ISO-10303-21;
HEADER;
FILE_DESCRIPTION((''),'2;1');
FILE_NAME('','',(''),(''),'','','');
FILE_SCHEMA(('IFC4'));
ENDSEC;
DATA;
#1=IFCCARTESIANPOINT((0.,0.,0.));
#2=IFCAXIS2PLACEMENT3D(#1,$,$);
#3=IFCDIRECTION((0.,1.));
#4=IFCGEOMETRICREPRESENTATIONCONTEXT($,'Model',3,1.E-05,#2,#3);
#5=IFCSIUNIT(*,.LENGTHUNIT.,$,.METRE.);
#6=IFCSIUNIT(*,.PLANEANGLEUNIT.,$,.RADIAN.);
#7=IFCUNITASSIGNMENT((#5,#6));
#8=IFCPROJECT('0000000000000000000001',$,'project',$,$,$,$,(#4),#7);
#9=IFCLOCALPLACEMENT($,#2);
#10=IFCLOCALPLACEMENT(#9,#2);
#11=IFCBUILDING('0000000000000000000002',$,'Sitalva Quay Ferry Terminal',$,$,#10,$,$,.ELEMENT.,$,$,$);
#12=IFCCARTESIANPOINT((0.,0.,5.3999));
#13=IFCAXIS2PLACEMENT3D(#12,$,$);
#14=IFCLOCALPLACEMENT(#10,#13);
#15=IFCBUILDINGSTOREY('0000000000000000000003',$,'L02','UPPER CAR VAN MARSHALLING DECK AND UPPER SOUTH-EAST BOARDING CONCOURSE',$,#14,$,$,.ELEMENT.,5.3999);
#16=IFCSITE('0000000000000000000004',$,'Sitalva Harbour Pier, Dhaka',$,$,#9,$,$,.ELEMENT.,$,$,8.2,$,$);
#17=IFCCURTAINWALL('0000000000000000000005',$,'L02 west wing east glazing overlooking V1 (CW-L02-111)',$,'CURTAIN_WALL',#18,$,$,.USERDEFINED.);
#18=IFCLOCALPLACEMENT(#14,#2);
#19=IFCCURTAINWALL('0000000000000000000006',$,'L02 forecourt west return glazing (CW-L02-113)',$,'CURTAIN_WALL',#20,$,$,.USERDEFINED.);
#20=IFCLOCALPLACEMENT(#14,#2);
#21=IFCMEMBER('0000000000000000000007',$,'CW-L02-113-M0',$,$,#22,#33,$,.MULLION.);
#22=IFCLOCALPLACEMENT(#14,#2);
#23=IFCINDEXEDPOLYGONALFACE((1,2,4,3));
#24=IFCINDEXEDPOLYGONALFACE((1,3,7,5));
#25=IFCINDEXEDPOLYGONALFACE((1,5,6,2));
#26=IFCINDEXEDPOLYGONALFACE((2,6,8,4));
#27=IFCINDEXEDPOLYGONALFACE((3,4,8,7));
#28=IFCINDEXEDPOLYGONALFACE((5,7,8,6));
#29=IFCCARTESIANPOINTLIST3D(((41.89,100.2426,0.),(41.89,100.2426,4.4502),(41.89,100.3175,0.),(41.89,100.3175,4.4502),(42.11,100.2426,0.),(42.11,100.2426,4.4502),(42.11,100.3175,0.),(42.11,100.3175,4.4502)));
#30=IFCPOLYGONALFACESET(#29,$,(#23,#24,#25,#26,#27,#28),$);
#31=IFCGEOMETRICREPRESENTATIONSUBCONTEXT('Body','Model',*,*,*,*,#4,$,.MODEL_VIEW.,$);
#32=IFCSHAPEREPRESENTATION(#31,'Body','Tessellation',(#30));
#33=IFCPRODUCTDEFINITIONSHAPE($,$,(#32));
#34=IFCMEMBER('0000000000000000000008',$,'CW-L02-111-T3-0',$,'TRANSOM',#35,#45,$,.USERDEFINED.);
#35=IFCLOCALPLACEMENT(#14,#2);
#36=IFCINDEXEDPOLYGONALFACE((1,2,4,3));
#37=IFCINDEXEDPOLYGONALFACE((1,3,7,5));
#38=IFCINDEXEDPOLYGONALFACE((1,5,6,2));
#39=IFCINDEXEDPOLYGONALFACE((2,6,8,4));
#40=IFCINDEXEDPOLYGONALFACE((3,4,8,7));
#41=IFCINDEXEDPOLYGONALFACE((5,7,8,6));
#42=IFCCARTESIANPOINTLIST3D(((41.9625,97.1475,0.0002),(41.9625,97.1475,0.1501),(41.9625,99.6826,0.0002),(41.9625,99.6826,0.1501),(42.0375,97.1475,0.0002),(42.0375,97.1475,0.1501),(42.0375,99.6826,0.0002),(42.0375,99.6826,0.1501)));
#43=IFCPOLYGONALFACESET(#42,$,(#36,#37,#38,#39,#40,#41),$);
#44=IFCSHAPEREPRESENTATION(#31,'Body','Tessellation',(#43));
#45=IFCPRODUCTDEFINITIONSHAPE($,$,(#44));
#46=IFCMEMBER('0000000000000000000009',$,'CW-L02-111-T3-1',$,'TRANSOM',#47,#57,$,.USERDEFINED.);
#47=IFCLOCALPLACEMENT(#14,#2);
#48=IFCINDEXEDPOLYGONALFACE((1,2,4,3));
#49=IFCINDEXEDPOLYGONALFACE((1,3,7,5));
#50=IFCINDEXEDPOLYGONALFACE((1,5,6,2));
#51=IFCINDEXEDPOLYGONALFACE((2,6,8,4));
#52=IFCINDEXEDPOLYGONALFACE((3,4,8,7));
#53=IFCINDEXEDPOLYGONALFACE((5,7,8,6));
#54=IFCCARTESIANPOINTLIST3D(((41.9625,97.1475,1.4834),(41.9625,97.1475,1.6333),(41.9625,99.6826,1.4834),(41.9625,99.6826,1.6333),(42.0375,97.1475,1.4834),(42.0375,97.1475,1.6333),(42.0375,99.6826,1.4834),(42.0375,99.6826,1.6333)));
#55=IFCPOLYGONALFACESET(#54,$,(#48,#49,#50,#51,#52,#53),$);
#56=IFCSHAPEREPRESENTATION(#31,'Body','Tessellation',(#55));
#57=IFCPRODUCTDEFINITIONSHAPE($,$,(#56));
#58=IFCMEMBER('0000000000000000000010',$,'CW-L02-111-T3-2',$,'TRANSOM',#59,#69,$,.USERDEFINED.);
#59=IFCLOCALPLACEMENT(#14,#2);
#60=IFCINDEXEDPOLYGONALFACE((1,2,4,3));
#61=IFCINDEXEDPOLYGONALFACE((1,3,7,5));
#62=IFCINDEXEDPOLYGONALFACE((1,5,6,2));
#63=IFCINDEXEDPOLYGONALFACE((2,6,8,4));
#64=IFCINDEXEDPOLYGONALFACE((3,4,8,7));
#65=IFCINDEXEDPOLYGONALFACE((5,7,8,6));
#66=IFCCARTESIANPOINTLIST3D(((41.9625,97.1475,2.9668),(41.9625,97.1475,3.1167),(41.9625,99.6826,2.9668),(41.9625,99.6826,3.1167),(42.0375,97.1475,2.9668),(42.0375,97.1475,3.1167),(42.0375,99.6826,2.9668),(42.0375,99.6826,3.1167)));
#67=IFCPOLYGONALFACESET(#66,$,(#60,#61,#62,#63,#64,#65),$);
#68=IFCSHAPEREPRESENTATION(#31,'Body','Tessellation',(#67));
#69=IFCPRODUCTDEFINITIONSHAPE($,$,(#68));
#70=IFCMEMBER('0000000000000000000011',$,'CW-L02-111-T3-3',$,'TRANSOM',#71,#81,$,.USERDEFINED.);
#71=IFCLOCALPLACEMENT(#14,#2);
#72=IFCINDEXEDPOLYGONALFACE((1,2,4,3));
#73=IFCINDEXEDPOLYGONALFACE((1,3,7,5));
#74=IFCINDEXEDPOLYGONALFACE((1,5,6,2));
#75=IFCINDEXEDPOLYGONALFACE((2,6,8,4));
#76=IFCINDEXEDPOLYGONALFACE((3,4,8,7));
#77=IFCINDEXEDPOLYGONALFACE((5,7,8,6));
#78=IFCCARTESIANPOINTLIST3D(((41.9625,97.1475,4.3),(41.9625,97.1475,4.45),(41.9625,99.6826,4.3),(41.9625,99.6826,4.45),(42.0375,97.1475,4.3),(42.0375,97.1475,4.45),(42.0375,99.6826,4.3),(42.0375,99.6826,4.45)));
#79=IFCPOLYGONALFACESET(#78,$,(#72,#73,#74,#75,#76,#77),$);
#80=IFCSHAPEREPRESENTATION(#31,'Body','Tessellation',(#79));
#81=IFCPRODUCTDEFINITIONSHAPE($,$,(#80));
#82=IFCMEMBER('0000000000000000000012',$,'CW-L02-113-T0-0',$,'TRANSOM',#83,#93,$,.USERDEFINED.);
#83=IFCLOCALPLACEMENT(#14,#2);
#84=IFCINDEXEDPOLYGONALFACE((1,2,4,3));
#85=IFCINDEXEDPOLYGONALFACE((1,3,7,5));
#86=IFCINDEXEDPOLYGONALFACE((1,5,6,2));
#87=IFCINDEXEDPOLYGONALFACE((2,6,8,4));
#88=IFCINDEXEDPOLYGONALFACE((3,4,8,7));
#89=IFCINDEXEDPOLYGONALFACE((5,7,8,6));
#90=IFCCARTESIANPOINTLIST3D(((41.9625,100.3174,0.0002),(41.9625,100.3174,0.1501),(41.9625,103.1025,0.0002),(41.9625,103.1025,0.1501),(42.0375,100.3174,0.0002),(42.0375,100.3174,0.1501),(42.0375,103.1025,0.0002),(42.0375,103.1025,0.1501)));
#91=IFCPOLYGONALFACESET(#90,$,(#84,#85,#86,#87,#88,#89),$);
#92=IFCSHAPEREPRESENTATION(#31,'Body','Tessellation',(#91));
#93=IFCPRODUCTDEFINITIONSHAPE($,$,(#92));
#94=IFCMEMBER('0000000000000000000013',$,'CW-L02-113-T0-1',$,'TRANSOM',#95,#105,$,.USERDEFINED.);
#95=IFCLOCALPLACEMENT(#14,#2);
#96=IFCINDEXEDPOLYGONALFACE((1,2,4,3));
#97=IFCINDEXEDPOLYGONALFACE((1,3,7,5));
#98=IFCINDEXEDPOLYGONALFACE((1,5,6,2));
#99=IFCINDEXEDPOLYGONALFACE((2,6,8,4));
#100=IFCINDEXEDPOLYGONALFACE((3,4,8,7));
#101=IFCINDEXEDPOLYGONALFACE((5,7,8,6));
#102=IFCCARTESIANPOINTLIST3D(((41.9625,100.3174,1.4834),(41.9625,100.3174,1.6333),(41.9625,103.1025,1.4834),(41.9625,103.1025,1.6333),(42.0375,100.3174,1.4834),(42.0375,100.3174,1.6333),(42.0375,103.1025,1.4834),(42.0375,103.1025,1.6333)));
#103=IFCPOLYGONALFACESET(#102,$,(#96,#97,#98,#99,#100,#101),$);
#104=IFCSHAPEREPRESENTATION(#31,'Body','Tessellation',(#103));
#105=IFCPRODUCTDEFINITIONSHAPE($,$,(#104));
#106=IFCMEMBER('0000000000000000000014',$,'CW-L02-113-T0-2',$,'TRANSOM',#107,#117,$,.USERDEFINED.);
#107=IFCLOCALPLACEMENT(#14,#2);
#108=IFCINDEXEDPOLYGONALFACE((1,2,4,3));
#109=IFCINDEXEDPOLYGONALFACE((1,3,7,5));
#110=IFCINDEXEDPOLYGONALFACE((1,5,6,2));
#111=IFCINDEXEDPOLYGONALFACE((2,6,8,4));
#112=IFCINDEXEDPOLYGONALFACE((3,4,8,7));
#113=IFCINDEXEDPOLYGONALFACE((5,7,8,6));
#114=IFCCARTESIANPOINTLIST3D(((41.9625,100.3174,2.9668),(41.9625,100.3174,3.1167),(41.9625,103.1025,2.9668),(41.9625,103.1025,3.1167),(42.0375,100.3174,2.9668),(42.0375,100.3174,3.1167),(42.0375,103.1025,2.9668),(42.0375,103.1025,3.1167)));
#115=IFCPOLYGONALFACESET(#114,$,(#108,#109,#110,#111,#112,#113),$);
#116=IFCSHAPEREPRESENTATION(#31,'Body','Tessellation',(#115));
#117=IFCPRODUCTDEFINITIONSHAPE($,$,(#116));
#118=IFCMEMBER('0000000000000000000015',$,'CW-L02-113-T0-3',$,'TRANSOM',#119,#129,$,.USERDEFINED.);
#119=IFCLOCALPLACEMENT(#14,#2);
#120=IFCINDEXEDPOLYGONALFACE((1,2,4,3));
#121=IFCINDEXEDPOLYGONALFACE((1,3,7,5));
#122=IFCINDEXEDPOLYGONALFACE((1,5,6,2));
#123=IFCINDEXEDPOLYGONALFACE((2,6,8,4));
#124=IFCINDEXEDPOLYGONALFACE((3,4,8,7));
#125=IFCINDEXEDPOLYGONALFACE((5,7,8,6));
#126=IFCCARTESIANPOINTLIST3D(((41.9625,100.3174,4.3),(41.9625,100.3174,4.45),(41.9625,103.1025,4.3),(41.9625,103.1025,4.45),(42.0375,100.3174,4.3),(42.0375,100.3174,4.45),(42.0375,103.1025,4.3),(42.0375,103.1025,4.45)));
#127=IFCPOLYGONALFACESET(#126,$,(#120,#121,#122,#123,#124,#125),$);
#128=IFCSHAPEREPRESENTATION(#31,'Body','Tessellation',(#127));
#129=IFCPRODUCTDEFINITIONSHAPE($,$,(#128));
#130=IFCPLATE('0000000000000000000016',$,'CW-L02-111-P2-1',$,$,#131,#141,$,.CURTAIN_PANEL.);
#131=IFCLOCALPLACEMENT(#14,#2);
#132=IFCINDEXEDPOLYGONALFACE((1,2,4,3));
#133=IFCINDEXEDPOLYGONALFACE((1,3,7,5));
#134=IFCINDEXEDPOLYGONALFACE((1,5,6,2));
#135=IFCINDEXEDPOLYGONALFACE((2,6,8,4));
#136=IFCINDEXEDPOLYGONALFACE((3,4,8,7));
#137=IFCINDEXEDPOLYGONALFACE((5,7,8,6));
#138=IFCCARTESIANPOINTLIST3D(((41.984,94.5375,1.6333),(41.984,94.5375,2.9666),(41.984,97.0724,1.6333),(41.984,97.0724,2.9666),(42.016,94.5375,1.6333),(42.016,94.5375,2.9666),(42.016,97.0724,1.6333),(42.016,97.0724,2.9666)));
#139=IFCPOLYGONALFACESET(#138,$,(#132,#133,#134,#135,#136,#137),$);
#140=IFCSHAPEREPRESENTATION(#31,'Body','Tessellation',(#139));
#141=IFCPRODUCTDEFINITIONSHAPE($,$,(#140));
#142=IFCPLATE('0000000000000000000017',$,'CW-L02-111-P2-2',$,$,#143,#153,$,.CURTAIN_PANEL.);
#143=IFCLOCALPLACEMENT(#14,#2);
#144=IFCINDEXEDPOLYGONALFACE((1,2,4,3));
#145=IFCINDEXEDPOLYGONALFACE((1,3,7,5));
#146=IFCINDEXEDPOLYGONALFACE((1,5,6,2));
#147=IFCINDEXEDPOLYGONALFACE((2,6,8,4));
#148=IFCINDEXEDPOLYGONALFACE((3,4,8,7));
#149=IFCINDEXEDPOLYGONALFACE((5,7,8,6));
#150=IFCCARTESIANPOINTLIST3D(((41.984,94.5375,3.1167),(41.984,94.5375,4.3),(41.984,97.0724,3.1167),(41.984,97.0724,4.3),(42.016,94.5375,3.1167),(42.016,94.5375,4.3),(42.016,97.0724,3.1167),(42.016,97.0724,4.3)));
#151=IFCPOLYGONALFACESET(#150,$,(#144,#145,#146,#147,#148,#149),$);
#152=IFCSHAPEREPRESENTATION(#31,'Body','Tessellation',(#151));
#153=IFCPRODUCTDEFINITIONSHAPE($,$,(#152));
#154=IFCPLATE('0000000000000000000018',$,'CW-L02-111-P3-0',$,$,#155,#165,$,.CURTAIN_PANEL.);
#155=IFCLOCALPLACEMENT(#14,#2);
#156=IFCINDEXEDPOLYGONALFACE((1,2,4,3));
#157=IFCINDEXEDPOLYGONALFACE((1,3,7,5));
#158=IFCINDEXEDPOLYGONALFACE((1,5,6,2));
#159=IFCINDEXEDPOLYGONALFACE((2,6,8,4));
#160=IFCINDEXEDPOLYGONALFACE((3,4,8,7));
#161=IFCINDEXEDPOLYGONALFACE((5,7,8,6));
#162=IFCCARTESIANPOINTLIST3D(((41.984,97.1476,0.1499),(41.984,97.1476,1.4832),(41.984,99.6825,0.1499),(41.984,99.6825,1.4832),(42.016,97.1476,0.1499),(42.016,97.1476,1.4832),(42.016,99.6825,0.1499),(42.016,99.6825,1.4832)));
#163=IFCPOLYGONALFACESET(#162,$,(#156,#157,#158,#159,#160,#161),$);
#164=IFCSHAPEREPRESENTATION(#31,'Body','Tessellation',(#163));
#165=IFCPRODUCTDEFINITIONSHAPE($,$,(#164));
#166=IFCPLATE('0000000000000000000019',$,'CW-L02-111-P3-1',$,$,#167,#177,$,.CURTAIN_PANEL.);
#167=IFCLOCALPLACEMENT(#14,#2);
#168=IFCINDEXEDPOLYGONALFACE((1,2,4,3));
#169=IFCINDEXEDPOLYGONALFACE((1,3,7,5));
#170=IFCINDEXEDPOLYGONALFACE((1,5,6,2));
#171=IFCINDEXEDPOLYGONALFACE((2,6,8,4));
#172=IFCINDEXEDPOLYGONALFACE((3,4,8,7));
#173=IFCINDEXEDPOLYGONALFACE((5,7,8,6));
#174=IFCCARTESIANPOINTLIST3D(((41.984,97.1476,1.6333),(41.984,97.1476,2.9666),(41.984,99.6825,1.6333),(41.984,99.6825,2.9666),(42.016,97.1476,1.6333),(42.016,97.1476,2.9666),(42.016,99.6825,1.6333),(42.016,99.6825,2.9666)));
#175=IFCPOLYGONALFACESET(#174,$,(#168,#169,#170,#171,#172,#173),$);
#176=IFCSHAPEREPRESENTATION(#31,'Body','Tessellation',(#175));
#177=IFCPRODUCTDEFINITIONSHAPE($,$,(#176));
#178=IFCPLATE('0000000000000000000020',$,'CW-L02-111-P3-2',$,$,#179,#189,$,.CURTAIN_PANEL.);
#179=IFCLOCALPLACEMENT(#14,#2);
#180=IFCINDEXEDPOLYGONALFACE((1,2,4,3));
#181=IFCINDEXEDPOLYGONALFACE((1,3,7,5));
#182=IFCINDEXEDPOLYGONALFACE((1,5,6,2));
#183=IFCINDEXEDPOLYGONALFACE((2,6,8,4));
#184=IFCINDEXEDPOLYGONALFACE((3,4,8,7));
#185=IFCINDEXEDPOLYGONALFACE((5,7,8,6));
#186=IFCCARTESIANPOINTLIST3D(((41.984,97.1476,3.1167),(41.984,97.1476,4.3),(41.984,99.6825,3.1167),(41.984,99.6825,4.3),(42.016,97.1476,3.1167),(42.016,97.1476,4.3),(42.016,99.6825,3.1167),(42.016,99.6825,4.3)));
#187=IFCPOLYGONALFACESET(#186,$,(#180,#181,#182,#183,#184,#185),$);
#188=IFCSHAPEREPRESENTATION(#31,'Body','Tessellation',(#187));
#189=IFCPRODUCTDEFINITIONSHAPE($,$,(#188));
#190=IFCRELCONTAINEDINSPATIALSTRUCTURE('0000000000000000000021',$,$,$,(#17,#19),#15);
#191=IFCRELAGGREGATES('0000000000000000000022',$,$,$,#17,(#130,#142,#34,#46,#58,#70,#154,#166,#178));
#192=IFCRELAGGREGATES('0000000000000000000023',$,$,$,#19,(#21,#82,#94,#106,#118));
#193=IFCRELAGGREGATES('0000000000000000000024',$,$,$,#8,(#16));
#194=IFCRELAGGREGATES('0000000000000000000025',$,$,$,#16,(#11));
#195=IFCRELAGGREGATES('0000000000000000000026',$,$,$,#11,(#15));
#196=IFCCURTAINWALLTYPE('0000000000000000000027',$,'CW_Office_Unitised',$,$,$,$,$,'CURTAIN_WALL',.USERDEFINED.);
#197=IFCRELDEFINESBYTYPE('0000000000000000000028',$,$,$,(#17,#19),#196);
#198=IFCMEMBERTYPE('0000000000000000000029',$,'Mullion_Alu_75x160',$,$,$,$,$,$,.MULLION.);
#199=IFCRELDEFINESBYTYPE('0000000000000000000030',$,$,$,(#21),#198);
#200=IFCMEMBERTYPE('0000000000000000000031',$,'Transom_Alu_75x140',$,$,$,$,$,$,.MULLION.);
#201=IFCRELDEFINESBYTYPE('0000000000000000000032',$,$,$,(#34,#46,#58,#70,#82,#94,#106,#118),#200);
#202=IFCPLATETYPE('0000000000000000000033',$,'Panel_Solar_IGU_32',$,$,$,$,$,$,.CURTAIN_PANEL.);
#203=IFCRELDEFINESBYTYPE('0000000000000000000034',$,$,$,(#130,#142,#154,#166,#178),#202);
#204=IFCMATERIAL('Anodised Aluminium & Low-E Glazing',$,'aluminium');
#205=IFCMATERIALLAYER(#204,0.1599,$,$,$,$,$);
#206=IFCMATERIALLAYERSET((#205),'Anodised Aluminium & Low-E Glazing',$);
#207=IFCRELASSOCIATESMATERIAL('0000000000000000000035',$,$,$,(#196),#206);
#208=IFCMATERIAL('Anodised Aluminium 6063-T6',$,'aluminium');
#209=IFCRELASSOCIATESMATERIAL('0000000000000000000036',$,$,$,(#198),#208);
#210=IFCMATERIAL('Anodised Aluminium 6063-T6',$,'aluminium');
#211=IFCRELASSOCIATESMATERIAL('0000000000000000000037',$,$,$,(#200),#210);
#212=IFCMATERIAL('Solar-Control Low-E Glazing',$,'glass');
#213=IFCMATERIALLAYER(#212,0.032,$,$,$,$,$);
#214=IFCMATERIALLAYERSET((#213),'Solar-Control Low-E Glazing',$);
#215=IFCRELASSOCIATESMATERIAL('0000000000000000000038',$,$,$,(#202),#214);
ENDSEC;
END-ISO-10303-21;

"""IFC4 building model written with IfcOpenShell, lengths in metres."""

from ifc_helpers import new_model, si_unit, direction, frame, origin, origin_2d, place, context, subcontext, project, spatial, rectangle, extrude, material, layer, layer_set, material_profile, profile_set, type_object, element, aggregate, save


model = new_model("IFC4")

# Units and contexts
model_context = context("Model", 3, precision=1e-05, world=origin(), true_north=direction((0.0, 1.0)))
body_context = subcontext(model_context, "Body", "Model", "MODEL_VIEW")
ifc_project = project(units=[si_unit("LENGTHUNIT", "METRE"), si_unit("PLANEANGLEUNIT", "RADIAN")], contexts=[model_context])

# Site, building, storey
site_placement = place(None, origin())
site = spatial("IfcSite", under=ifc_project, at=site_placement, Name="Sitalva Harbour Pier, Dhaka", CompositionType="ELEMENT", RefElevation=8.2)
building_placement = place(site_placement, origin())
building = spatial("IfcBuilding", under=site, at=building_placement, Name="Sitalva Quay Ferry Terminal", CompositionType="ELEMENT")
storey_placement = place(building_placement, frame((0.0, 0.0, 5.3999)))
storey = spatial("IfcBuildingStorey", under=building, at=storey_placement, Name="L02", Description="UPPER CAR VAN MARSHALLING DECK AND UPPER SOUTH-EAST BOARDING CONCOURSE", CompositionType="ELEMENT", Elevation=5.3999)

# Curtain wall
ifc_material_1 = material(Name="Anodised Aluminium & Low-E Glazing", Category="aluminium")
ifc_layer_1 = layer(ifc_material_1, 0.1599)
ifc_layer_set_1 = layer_set([ifc_layer_1], Name="Anodised Aluminium & Low-E Glazing")
curtain_wall_type = type_object("IfcCurtainWallType", Name="CW_Office_Unitised", ElementType="CURTAIN_WALL", PredefinedType="USERDEFINED", material=ifc_layer_set_1)
curtain_wall_1_placement = place(storey_placement, origin())
curtain_wall_1 = element("IfcCurtainWall", 1, at=curtain_wall_1_placement, inside=storey, type_object=curtain_wall_type, Name="L02 west wing east glazing overlooking V1 (CW-L02-111)", ObjectType="CURTAIN_WALL", PredefinedType="USERDEFINED")
ifc_material_2 = material(Name="Anodised Aluminium 6063-T6", Category="aluminium")
ifc_material_profile_1 = material_profile(ifc_material_2, rectangle(XDim=0.075, YDim=0.22, at=origin_2d()), Name="ALU75x220")
ifc_profile_set_1 = profile_set([ifc_material_profile_1], Name="Anodised Aluminium 6063-T6")
member_type_1 = type_object("IfcMemberType", Name="Mullion_Alu_75x160", PredefinedType="MULLION", material=ifc_profile_set_1)

# Curtain wall, member
curtain_wall_2_placement = place(storey_placement, origin())
curtain_wall_2 = element("IfcCurtainWall", 2, at=curtain_wall_2_placement, inside=storey, type_object=curtain_wall_type, Name="L02 forecourt west return glazing (CW-L02-113)", ObjectType="CURTAIN_WALL", PredefinedType="USERDEFINED")
member_1_placement = place(storey_placement, frame((42.0, 100.28, 0.0), z_axis=(0.0, 0.0, 1.0), x_axis=(0.0, 1.0, 0.0)))
member_1 = element("IfcMember", 3, at=member_1_placement, type_object=member_type_1, Name="CW-L02-113-M0", PredefinedType="MULLION", context=body_context, shape_type="SweptSolid", body=[
    extrude(rectangle(XDim=0.075, YDim=0.22, at=origin_2d()), origin(), (0.0, 0.0, 1.0), 4.4502),
])

# Members
ifc_material_3 = material(Name="Anodised Aluminium 6063-T6", Category="aluminium")
ifc_material_profile_2 = material_profile(ifc_material_3, rectangle(XDim=0.075, YDim=0.1499, at=origin_2d()), Name="ALU75x150")
ifc_profile_set_2 = profile_set([ifc_material_profile_2], Name="Anodised Aluminium 6063-T6")
member_type_2 = type_object("IfcMemberType", Name="Transom_Alu_75x140", PredefinedType="MULLION", material=ifc_profile_set_2)
member_2_placement = place(storey_placement, frame((42.0, 97.1475, 0.0752), z_axis=(0.0, 1.0, 0.0), x_axis=(-1.0, 0.0, 0.0)))
member_2 = element("IfcMember", 4, at=member_2_placement, type_object=member_type_2, Name="CW-L02-111-T3-0", ObjectType="TRANSOM", PredefinedType="USERDEFINED", context=body_context, shape_type="SweptSolid", body=[
    extrude(rectangle(XDim=0.075, YDim=0.1499, at=origin_2d()), origin(), (0.0, 0.0, 1.0), 2.5352),
])
member_3_placement = place(storey_placement, frame((42.0, 97.1475, 1.5583), z_axis=(0.0, 1.0, 0.0), x_axis=(-1.0, 0.0, 0.0)))
member_3 = element("IfcMember", 5, at=member_3_placement, type_object=member_type_2, Name="CW-L02-111-T3-1", ObjectType="TRANSOM", PredefinedType="USERDEFINED", context=body_context, shape_type="SweptSolid", body=[
    extrude(rectangle(XDim=0.075, YDim=0.1499, at=origin_2d()), origin(), (0.0, 0.0, 1.0), 2.5352),
])
member_4_placement = place(storey_placement, frame((42.0, 97.1475, 3.0417), z_axis=(0.0, 1.0, 0.0), x_axis=(-1.0, 0.0, 0.0)))
member_4 = element("IfcMember", 6, at=member_4_placement, type_object=member_type_2, Name="CW-L02-111-T3-2", ObjectType="TRANSOM", PredefinedType="USERDEFINED", context=body_context, shape_type="SweptSolid", body=[
    extrude(rectangle(XDim=0.075, YDim=0.1499, at=origin_2d()), origin(), (0.0, 0.0, 1.0), 2.5352),
])
member_5_placement = place(storey_placement, frame((42.0, 97.1475, 4.375), z_axis=(0.0, 1.0, 0.0), x_axis=(-1.0, 0.0, 0.0)))
member_5 = element("IfcMember", 7, at=member_5_placement, type_object=member_type_2, Name="CW-L02-111-T3-3", ObjectType="TRANSOM", PredefinedType="USERDEFINED", context=body_context, shape_type="SweptSolid", body=[
    extrude(rectangle(XDim=0.075, YDim=0.1499, at=origin_2d()), origin(), (0.0, 0.0, 1.0), 2.5352),
])
member_6_placement = place(storey_placement, frame((42.0, 100.3174, 0.0752), z_axis=(0.0, 1.0, 0.0), x_axis=(-1.0, 0.0, 0.0)))
member_6 = element("IfcMember", 8, at=member_6_placement, type_object=member_type_2, Name="CW-L02-113-T0-0", ObjectType="TRANSOM", PredefinedType="USERDEFINED", context=body_context, shape_type="SweptSolid", body=[
    extrude(rectangle(XDim=0.075, YDim=0.1499, at=origin_2d()), origin(), (0.0, 0.0, 1.0), 2.7852),
])
member_7_placement = place(storey_placement, frame((42.0, 100.3174, 1.5583), z_axis=(0.0, 1.0, 0.0), x_axis=(-1.0, 0.0, 0.0)))
member_7 = element("IfcMember", 9, at=member_7_placement, type_object=member_type_2, Name="CW-L02-113-T0-1", ObjectType="TRANSOM", PredefinedType="USERDEFINED", context=body_context, shape_type="SweptSolid", body=[
    extrude(rectangle(XDim=0.075, YDim=0.1499, at=origin_2d()), origin(), (0.0, 0.0, 1.0), 2.7852),
])
member_8_placement = place(storey_placement, frame((42.0, 100.3174, 3.0417), z_axis=(0.0, 1.0, 0.0), x_axis=(-1.0, 0.0, 0.0)))
member_8 = element("IfcMember", 10, at=member_8_placement, type_object=member_type_2, Name="CW-L02-113-T0-2", ObjectType="TRANSOM", PredefinedType="USERDEFINED", context=body_context, shape_type="SweptSolid", body=[
    extrude(rectangle(XDim=0.075, YDim=0.1499, at=origin_2d()), origin(), (0.0, 0.0, 1.0), 2.7852),
])
member_9_placement = place(storey_placement, frame((42.0, 100.3174, 4.375), z_axis=(0.0, 1.0, 0.0), x_axis=(-1.0, 0.0, 0.0)))
member_9 = element("IfcMember", 11, at=member_9_placement, type_object=member_type_2, Name="CW-L02-113-T0-3", ObjectType="TRANSOM", PredefinedType="USERDEFINED", context=body_context, shape_type="SweptSolid", body=[
    extrude(rectangle(XDim=0.075, YDim=0.1499, at=origin_2d()), origin(), (0.0, 0.0, 1.0), 2.7852),
])

# Plates
ifc_material_4 = material(Name="Solar-Control Low-E Glazing", Category="glass")
ifc_layer_2 = layer(ifc_material_4, 0.032)
ifc_layer_set_2 = layer_set([ifc_layer_2], Name="Solar-Control Low-E Glazing")
plate_type = type_object("IfcPlateType", Name="Panel_Solar_IGU_32", PredefinedType="CURTAIN_PANEL", material=ifc_layer_set_2)
plate_1_placement = place(storey_placement, frame((42.0, 95.8049, 1.6333), z_axis=(0.0, 0.0, 1.0), x_axis=(0.0, 1.0, 0.0)))
plate_1 = element("IfcPlate", 12, at=plate_1_placement, type_object=plate_type, Name="CW-L02-111-P2-1", PredefinedType="CURTAIN_PANEL", context=body_context, shape_type="SweptSolid", body=[
    extrude(rectangle(XDim=2.5349, YDim=0.032, at=origin_2d()), origin(), (0.0, 0.0, 1.0), 1.3333),
])
plate_2_placement = place(storey_placement, frame((42.0, 95.8049, 3.1167), z_axis=(0.0, 0.0, 1.0), x_axis=(0.0, 1.0, 0.0)))
plate_2 = element("IfcPlate", 13, at=plate_2_placement, type_object=plate_type, Name="CW-L02-111-P2-2", PredefinedType="CURTAIN_PANEL", context=body_context, shape_type="SweptSolid", body=[
    extrude(rectangle(XDim=2.5349, YDim=0.032, at=origin_2d()), origin(), (0.0, 0.0, 1.0), 1.1833),
])
plate_3_placement = place(storey_placement, frame((42.0, 98.415, 0.1499), z_axis=(0.0, 0.0, 1.0), x_axis=(0.0, 1.0, 0.0)))
plate_3 = element("IfcPlate", 14, at=plate_3_placement, type_object=plate_type, Name="CW-L02-111-P3-0", PredefinedType="CURTAIN_PANEL", context=body_context, shape_type="SweptSolid", body=[
    extrude(rectangle(XDim=2.5349, YDim=0.032, at=origin_2d()), origin(), (0.0, 0.0, 1.0), 1.3333),
])
plate_4_placement = place(storey_placement, frame((42.0, 98.415, 1.6333), z_axis=(0.0, 0.0, 1.0), x_axis=(0.0, 1.0, 0.0)))
plate_4 = element("IfcPlate", 15, at=plate_4_placement, type_object=plate_type, Name="CW-L02-111-P3-1", PredefinedType="CURTAIN_PANEL", context=body_context, shape_type="SweptSolid", body=[
    extrude(rectangle(XDim=2.5349, YDim=0.032, at=origin_2d()), origin(), (0.0, 0.0, 1.0), 1.3333),
])
plate_5_placement = place(storey_placement, frame((42.0, 98.415, 3.1167), z_axis=(0.0, 0.0, 1.0), x_axis=(0.0, 1.0, 0.0)))
plate_5 = element("IfcPlate", 16, at=plate_5_placement, type_object=plate_type, Name="CW-L02-111-P3-2", PredefinedType="CURTAIN_PANEL", context=body_context, shape_type="SweptSolid", body=[
    extrude(rectangle(XDim=2.5349, YDim=0.032, at=origin_2d()), origin(), (0.0, 0.0, 1.0), 1.1833),
])
aggregate(curtain_wall_1, [plate_1, plate_2, member_2, member_3, member_4, member_5, plate_3, plate_4, plate_5])
aggregate(curtain_wall_2, [member_1, member_6, member_7, member_8, member_9])

save(model, "model.ifc")
